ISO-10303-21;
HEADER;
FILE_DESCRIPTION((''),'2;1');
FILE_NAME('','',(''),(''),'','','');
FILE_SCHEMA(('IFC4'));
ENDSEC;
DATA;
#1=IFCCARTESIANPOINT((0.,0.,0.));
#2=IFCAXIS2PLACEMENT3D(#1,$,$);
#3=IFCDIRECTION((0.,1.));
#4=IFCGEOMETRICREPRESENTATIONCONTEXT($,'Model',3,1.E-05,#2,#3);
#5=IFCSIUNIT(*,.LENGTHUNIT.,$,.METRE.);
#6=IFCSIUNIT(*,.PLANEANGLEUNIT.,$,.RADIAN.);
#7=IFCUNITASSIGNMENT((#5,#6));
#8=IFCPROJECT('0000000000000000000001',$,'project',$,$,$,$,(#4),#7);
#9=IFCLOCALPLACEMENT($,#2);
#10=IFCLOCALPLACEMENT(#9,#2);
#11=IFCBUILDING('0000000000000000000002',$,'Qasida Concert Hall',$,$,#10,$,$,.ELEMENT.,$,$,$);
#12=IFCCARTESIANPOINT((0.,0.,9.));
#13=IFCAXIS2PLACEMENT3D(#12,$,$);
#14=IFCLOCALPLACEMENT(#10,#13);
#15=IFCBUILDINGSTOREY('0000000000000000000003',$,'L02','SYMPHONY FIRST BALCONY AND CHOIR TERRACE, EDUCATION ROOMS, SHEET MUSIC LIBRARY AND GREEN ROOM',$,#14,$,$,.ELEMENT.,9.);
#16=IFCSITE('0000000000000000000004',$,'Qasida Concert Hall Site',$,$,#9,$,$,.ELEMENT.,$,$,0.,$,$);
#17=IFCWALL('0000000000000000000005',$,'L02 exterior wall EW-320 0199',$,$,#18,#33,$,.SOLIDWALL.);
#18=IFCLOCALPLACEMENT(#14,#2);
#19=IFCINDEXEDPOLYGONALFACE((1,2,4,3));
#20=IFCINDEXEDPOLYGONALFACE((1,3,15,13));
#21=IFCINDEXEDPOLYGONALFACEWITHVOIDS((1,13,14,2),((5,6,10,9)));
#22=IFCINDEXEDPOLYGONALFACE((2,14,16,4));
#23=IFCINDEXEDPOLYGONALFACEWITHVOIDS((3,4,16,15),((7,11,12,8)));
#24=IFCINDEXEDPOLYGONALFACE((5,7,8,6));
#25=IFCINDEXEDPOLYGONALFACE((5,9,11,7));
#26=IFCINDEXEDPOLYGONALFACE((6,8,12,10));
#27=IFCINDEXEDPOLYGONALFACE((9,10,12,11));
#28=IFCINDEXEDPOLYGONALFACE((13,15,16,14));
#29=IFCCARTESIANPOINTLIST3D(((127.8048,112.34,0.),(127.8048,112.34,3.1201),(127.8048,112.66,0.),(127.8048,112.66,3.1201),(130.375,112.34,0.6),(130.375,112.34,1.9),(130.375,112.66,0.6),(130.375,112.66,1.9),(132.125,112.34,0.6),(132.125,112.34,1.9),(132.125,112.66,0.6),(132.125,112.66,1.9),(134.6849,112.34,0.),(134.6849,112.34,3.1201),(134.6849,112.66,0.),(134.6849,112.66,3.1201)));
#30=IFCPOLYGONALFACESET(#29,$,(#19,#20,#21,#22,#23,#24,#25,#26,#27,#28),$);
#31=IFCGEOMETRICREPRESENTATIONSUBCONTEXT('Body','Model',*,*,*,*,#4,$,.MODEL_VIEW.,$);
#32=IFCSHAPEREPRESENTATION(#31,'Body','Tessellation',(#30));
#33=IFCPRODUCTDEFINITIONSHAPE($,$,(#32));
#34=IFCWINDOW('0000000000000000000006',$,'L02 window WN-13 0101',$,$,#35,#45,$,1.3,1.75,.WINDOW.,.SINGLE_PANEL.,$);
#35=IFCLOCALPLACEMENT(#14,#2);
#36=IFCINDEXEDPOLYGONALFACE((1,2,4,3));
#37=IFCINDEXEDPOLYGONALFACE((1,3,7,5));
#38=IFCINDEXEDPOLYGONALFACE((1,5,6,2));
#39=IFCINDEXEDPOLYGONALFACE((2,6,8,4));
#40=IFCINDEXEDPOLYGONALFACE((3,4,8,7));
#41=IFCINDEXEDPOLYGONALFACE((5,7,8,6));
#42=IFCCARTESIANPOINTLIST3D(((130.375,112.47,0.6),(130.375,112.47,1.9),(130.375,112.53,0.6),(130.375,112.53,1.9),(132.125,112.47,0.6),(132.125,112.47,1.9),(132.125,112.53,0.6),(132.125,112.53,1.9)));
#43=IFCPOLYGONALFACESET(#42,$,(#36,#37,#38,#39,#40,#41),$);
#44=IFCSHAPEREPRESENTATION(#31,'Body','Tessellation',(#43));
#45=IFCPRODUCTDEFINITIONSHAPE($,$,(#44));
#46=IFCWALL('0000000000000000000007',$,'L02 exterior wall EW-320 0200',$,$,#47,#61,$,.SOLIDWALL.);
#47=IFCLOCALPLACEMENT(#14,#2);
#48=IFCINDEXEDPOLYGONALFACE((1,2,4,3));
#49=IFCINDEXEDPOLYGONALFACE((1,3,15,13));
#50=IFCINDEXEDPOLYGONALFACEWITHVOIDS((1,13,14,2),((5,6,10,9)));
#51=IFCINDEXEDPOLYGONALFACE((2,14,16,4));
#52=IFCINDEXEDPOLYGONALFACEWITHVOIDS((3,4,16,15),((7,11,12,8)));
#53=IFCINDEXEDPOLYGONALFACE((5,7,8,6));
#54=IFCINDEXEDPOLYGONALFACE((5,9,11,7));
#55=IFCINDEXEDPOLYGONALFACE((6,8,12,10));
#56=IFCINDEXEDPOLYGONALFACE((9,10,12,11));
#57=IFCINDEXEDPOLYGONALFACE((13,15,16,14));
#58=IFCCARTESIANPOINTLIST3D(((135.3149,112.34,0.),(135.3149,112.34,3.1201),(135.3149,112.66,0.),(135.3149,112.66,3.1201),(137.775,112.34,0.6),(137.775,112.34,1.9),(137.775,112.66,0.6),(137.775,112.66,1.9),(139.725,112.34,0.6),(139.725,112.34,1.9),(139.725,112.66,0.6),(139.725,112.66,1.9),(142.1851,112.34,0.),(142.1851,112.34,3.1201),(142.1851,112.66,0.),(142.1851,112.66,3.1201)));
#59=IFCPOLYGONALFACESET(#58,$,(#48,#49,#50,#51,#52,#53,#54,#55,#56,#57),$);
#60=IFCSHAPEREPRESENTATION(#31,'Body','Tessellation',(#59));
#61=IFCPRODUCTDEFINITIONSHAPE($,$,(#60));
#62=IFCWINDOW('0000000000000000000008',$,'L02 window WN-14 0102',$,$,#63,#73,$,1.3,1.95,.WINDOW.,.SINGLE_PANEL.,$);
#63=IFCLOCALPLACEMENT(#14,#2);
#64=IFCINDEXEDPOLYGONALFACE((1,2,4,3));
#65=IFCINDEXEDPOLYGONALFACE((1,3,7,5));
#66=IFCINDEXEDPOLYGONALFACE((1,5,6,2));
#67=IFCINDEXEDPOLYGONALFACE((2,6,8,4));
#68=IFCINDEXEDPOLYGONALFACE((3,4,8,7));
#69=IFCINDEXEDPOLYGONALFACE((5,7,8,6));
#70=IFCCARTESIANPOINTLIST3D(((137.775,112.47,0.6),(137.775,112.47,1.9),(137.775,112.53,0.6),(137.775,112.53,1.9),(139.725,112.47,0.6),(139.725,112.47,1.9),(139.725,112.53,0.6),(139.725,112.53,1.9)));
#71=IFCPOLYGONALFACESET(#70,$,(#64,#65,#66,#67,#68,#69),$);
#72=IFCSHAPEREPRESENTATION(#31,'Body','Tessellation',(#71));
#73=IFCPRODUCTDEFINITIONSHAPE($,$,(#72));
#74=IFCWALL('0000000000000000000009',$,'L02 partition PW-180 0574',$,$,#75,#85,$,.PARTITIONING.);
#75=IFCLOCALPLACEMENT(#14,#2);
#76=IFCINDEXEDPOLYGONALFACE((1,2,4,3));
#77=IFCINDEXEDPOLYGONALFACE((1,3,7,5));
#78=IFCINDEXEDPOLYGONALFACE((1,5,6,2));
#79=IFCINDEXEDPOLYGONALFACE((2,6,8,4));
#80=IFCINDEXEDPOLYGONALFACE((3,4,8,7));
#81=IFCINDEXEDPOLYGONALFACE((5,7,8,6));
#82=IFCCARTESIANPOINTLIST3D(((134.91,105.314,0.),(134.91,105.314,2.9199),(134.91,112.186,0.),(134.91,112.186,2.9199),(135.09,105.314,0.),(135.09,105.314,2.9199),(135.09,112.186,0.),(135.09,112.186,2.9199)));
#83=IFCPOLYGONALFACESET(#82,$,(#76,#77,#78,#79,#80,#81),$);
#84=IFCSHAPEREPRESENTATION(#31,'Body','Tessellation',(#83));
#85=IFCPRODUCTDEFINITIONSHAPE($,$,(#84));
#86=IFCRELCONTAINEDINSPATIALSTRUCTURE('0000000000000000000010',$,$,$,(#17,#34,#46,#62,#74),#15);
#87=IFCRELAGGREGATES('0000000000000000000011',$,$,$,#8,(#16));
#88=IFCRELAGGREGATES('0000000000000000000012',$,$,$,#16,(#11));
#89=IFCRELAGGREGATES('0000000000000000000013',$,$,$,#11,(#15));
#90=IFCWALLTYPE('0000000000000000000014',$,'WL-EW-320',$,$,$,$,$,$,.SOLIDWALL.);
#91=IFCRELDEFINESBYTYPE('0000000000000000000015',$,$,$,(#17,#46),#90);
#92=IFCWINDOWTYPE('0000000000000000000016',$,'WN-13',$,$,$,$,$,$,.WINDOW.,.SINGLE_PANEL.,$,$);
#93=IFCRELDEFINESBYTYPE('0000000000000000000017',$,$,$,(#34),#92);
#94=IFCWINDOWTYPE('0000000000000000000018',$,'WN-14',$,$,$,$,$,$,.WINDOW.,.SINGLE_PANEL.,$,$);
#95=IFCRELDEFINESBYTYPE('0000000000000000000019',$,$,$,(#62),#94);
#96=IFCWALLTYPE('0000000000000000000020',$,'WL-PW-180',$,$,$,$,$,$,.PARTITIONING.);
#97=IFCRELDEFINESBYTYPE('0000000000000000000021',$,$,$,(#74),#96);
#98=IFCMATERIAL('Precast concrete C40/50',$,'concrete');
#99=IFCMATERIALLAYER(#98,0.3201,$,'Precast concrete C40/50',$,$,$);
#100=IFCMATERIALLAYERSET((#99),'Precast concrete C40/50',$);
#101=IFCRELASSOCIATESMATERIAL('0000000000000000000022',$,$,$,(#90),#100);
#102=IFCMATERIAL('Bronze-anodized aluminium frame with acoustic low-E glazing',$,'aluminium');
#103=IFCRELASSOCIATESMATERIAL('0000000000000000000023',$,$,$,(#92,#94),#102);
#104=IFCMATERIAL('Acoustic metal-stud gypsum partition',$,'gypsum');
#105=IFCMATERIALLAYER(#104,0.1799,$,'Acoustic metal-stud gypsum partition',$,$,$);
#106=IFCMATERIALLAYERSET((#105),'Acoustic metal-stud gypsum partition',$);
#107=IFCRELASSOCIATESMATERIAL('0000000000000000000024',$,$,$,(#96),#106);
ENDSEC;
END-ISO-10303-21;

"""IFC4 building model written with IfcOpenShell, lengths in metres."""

from ifc_helpers import new_model, si_unit, direction, frame, frame_2d, origin, place, context, subcontext, project, spatial, rectangle, extrude, material, layer, layer_set, type_object, element, fill, save


model = new_model("IFC4")

# Units and contexts
model_context = context("Model", 3, precision=1e-05, world=origin(), true_north=direction((0.0, 1.0)))
body_context = subcontext(model_context, "Body", "Model", "MODEL_VIEW")
ifc_project = project(units=[si_unit("LENGTHUNIT", "METRE"), si_unit("PLANEANGLEUNIT", "RADIAN")], contexts=[model_context])

# Site, building, storey
site_placement = place(None, origin())
site = spatial("IfcSite", under=ifc_project, at=site_placement, Name="Qasida Concert Hall Site", CompositionType="ELEMENT", RefElevation=0.0)
building_placement = place(site_placement, origin())
building = spatial("IfcBuilding", under=site, at=building_placement, Name="Qasida Concert Hall", CompositionType="ELEMENT")
storey_placement = place(building_placement, frame((0.0, 0.0, 9.0)))
storey = spatial("IfcBuildingStorey", under=building, at=storey_placement, Name="L02", Description="SYMPHONY FIRST BALCONY AND CHOIR TERRACE, EDUCATION ROOMS, SHEET MUSIC LIBRARY AND GREEN ROOM", CompositionType="ELEMENT", Elevation=9.0)

# Walls, openings, windows
ifc_material_1 = material(Name="Precast concrete C40/50", Category="concrete")
ifc_layer_1 = layer(ifc_material_1, 0.3201, Name="Precast concrete C40/50")
ifc_layer_set_1 = layer_set([ifc_layer_1], Name="Precast concrete C40/50")
wall_type_1 = type_object("IfcWallType", Name="WL-EW-320", PredefinedType="SOLIDWALL", material=ifc_layer_set_1)
wall_1_placement = place(storey_placement, frame((127.8049, 112.5, 0.0), z_axis=(0.0, 0.0, 1.0), x_axis=(1.0, 0.0, 0.0)))
wall_1 = element("IfcWall", 1, at=wall_1_placement, inside=storey, type_object=wall_type_1, Name="L02 exterior wall EW-320 0199", PredefinedType="SOLIDWALL", context=body_context, shape_type="SweptSolid", body=[
    extrude(rectangle(XDim=6.8801, YDim=0.3201, at=frame_2d((3.4399, 0.0))), origin(), (0.0, 0.0, 1.0), 3.1201),
])
opening_1_placement = place(wall_1_placement, frame((2.5701, 0.0, 0.6001)))
opening_1 = element("IfcOpeningElement", 2, at=opening_1_placement, cuts=wall_1, PredefinedType="OPENING", context=body_context, shape_type="SweptSolid", body=[
    extrude(rectangle(XDim=1.75, YDim=1.3, at=frame_2d((0.875, 0.6499))), frame((0.0, 0.1699, 0.0), z_axis=(0.0, -1.0, 0.0), x_axis=(1.0, 0.0, 0.0)), (0.0, 0.0, 1.0), 0.3401),
])
ifc_material_2 = material(Name="Bronze-anodized aluminium frame with acoustic low-E glazing", Category="aluminium")
window_type_1 = type_object("IfcWindowType", Name="WN-13", PartitioningType="SINGLE_PANEL", PredefinedType="WINDOW", material=ifc_material_2)
window_1_placement = place(opening_1_placement, origin())
window_1 = element("IfcWindow", 3, at=window_1_placement, inside=storey, type_object=window_type_1, Name="L02 window WN-13 0101", OverallHeight=1.3, OverallWidth=1.75, PartitioningType="SINGLE_PANEL", PredefinedType="WINDOW", context=body_context, shape_type="SweptSolid", body=[
    extrude(rectangle(XDim=1.75, YDim=1.3, at=frame_2d((0.875, 0.6499))), frame((0.0, 0.03, 0.0), z_axis=(0.0, -1.0, 0.0), x_axis=(1.0, 0.0, 0.0)), (0.0, 0.0, 1.0), 0.0601),
])
fill(opening_1, window_1)
wall_2_placement = place(storey_placement, frame((135.3149, 112.5, 0.0), z_axis=(0.0, 0.0, 1.0), x_axis=(1.0, 0.0, 0.0)))
wall_2 = element("IfcWall", 4, at=wall_2_placement, inside=storey, type_object=wall_type_1, Name="L02 exterior wall EW-320 0200", PredefinedType="SOLIDWALL", context=body_context, shape_type="SweptSolid", body=[
    extrude(rectangle(XDim=6.8701, YDim=0.3201, at=frame_2d((3.4351, 0.0))), origin(), (0.0, 0.0, 1.0), 3.1201),
])
opening_2_placement = place(wall_2_placement, frame((2.46, 0.0, 0.6001)))
opening_2 = element("IfcOpeningElement", 5, at=opening_2_placement, cuts=wall_2, PredefinedType="OPENING", context=body_context, shape_type="SweptSolid", body=[
    extrude(rectangle(XDim=1.95, YDim=1.3, at=frame_2d((0.9751, 0.6499))), frame((0.0, 0.1699, 0.0), z_axis=(0.0, -1.0, 0.0), x_axis=(1.0, 0.0, 0.0)), (0.0, 0.0, 1.0), 0.3401),
])
window_type_2 = type_object("IfcWindowType", Name="WN-14", PartitioningType="SINGLE_PANEL", PredefinedType="WINDOW", material=ifc_material_2)
window_2_placement = place(opening_2_placement, origin())
window_2 = element("IfcWindow", 6, at=window_2_placement, inside=storey, type_object=window_type_2, Name="L02 window WN-14 0102", OverallHeight=1.3, OverallWidth=1.95, PartitioningType="SINGLE_PANEL", PredefinedType="WINDOW", context=body_context, shape_type="SweptSolid", body=[
    extrude(rectangle(XDim=1.95, YDim=1.3, at=frame_2d((0.9751, 0.6499))), frame((0.0, 0.03, 0.0), z_axis=(0.0, -1.0, 0.0), x_axis=(1.0, 0.0, 0.0)), (0.0, 0.0, 1.0), 0.0601),
])
fill(opening_2, window_2)

# Wall
ifc_material_3 = material(Name="Acoustic metal-stud gypsum partition", Category="gypsum")
ifc_layer_2 = layer(ifc_material_3, 0.1799, Name="Acoustic metal-stud gypsum partition")
ifc_layer_set_2 = layer_set([ifc_layer_2], Name="Acoustic metal-stud gypsum partition")
wall_type_2 = type_object("IfcWallType", Name="WL-PW-180", PredefinedType="PARTITIONING", material=ifc_layer_set_2)
wall_3_placement = place(storey_placement, frame((135.0, 105.314, 0.0), z_axis=(0.0, 0.0, 1.0), x_axis=(0.0, 1.0, 0.0)))
element("IfcWall", 7, at=wall_3_placement, inside=storey, type_object=wall_type_2, Name="L02 partition PW-180 0574", PredefinedType="PARTITIONING", context=body_context, shape_type="SweptSolid", body=[
    extrude(rectangle(XDim=6.8721, YDim=0.1799, at=frame_2d((3.436, 0.0))), origin(), (0.0, 0.0, 1.0), 2.9199),
])

save(model, "model.ifc")
